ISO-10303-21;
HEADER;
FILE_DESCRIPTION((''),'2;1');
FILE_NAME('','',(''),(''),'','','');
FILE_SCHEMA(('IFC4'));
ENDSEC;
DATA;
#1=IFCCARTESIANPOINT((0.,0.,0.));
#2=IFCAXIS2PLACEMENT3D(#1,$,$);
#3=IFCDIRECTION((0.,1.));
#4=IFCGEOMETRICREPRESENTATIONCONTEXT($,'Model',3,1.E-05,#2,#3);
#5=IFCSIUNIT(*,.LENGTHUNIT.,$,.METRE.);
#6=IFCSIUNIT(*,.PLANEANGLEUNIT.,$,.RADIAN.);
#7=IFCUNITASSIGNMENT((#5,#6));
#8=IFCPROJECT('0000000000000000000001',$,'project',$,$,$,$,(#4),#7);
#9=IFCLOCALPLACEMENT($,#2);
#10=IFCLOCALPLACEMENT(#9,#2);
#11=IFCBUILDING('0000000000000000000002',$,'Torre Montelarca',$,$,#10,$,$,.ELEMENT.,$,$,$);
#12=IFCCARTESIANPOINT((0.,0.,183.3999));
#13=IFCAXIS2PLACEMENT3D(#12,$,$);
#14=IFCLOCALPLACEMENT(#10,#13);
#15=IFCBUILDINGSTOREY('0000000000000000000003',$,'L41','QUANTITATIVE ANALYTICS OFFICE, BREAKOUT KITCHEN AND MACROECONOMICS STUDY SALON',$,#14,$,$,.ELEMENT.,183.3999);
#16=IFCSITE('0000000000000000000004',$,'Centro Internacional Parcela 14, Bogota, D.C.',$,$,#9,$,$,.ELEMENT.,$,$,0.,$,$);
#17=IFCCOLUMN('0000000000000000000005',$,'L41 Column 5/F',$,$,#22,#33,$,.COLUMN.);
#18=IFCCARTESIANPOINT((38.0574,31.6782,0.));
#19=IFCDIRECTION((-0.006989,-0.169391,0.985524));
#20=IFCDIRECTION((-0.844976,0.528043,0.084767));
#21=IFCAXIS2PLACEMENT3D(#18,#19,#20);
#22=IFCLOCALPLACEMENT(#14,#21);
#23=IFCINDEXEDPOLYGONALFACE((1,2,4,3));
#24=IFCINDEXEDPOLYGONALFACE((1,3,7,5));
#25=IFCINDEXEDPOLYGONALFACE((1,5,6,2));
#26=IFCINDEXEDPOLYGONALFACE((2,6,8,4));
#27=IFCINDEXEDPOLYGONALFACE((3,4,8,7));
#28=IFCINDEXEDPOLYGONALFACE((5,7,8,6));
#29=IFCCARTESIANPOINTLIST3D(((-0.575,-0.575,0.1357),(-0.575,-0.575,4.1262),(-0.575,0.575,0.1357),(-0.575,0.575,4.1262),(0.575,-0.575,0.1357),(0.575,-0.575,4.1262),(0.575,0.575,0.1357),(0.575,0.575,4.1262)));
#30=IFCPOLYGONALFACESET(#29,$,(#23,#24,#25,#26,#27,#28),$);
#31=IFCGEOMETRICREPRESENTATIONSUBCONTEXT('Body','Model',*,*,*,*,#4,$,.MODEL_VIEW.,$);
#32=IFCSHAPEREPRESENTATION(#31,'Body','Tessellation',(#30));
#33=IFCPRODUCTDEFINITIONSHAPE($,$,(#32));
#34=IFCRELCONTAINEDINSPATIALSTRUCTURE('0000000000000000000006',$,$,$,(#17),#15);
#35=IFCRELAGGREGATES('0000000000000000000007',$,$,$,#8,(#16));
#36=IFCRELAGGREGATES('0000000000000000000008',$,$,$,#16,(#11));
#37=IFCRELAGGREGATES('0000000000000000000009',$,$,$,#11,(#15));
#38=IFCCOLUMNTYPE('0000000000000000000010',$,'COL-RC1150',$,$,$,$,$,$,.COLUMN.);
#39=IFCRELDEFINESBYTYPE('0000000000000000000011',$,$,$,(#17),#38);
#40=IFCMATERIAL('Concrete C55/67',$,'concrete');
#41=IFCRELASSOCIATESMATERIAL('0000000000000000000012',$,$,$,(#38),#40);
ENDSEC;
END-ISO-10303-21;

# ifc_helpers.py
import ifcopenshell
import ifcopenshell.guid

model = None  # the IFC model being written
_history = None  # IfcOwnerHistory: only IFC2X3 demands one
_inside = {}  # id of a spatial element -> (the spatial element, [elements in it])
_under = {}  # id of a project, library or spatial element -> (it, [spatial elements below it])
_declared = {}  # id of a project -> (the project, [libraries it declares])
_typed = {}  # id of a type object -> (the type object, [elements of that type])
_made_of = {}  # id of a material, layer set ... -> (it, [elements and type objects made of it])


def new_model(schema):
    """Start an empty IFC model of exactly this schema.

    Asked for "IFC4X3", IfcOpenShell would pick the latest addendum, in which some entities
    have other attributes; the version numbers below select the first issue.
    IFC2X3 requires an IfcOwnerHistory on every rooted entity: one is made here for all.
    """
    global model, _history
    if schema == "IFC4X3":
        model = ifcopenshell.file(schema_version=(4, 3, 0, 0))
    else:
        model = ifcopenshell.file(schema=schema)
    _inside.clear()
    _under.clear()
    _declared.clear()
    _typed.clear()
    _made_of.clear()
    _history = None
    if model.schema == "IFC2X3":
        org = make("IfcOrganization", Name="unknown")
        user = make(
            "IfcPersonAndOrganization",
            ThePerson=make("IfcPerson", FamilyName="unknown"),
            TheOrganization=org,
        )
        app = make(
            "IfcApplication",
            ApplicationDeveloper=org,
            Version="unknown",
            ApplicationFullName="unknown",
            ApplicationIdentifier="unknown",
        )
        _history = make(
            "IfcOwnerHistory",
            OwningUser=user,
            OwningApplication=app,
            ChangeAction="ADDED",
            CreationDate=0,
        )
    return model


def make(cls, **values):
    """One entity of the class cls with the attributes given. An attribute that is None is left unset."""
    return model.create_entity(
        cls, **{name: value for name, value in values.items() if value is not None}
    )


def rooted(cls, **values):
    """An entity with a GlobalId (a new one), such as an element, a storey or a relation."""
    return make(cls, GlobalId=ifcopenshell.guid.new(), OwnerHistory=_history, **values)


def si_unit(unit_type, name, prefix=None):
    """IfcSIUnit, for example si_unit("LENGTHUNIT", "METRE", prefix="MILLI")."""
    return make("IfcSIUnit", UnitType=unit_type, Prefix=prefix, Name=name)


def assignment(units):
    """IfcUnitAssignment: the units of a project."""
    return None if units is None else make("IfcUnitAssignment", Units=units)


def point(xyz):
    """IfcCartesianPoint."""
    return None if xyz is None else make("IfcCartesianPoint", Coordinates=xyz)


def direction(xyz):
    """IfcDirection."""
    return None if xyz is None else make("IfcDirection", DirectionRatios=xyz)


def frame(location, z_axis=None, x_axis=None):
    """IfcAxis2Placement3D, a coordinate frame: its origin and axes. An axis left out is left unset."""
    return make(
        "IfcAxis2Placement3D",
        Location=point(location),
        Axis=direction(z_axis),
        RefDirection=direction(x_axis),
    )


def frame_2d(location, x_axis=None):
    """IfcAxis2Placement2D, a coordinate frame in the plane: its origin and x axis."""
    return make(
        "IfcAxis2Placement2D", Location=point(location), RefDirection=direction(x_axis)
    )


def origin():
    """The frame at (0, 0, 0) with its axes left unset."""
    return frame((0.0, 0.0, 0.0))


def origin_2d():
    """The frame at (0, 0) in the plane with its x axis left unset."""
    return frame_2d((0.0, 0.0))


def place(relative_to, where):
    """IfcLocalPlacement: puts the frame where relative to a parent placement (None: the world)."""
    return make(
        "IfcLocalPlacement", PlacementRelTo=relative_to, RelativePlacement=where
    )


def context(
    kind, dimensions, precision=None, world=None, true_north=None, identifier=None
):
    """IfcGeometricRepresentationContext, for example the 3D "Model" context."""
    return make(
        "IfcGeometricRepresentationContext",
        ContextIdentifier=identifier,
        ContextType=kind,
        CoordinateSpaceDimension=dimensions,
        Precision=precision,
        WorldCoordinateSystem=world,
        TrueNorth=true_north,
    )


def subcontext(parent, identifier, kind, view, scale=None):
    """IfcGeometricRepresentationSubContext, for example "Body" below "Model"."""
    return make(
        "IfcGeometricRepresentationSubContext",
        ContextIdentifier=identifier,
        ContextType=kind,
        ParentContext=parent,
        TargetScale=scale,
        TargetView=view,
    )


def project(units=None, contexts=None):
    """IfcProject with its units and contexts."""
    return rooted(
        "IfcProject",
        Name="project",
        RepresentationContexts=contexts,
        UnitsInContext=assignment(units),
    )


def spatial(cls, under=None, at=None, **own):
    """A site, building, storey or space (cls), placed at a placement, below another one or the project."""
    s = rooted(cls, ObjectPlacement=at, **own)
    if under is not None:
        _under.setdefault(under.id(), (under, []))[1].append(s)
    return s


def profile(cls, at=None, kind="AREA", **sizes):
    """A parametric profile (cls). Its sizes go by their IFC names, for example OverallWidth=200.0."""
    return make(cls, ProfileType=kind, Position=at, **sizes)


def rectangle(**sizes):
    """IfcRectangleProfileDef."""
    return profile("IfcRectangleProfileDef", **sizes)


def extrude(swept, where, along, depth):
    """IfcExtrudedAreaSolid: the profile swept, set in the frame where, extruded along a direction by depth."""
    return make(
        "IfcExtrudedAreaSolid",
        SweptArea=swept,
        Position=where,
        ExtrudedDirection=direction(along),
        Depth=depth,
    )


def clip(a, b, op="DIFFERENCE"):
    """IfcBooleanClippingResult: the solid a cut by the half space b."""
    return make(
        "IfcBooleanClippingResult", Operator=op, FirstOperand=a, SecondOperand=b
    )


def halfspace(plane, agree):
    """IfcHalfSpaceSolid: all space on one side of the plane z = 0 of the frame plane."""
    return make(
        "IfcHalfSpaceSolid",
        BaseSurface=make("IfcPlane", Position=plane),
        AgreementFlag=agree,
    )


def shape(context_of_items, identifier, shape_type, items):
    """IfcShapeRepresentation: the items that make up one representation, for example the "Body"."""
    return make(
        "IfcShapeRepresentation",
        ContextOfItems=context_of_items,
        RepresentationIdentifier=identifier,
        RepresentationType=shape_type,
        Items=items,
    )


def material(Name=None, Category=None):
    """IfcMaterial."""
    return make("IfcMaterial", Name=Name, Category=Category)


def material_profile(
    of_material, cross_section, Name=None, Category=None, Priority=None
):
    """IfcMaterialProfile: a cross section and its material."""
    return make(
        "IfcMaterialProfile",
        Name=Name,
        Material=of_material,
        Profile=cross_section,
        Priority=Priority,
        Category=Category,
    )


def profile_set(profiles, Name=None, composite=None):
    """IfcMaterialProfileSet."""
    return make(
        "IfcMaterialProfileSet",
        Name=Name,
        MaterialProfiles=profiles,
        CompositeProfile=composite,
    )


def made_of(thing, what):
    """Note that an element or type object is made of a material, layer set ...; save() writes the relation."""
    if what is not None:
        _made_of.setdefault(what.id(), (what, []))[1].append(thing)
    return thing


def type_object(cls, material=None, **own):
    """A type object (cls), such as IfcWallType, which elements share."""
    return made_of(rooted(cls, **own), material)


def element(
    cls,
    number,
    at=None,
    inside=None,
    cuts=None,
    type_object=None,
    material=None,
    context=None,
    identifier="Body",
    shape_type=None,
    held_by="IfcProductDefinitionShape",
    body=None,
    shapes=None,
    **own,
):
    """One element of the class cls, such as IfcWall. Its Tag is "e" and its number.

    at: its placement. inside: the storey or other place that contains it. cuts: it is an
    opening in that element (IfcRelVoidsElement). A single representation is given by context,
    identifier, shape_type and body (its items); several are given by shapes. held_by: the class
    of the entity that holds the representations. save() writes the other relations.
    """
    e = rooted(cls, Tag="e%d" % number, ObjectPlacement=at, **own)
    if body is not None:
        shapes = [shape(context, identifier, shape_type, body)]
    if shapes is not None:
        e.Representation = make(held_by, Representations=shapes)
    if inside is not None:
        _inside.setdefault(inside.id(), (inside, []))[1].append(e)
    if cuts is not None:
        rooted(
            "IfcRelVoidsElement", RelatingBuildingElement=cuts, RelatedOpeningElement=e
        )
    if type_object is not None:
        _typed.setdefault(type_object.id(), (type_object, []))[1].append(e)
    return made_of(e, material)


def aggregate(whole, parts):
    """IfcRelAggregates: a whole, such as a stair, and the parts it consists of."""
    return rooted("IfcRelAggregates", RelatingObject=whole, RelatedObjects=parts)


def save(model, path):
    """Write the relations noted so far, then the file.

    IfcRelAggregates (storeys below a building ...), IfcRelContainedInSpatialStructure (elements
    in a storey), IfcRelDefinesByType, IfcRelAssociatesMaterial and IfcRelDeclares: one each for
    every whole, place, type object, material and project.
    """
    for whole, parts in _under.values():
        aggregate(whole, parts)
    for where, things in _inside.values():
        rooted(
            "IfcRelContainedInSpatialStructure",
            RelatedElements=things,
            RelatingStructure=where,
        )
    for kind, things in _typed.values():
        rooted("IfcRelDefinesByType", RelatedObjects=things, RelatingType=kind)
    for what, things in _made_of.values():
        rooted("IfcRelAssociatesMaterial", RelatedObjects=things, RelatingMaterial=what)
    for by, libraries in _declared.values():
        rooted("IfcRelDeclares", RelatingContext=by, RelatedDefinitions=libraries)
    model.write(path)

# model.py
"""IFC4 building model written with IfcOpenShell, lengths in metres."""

from ifc_helpers import new_model, si_unit, direction, frame, origin, origin_2d, place, context, subcontext, project, spatial, rectangle, extrude, clip, halfspace, material, material_profile, profile_set, type_object, element, save


model = new_model("IFC4")

# Units and contexts
model_context = context("Model", 3, precision=1e-05, world=origin(), true_north=direction((0.0, 1.0)))
body_context = subcontext(model_context, "Body", "Model", "MODEL_VIEW")
ifc_project = project(units=[si_unit("LENGTHUNIT", "METRE"), si_unit("PLANEANGLEUNIT", "RADIAN")], contexts=[model_context])

# Site, building, storey
site_placement = place(None, origin())
site = spatial("IfcSite", under=ifc_project, at=site_placement, Name="Centro Internacional Parcela 14, Bogota, D.C.", CompositionType="ELEMENT", RefElevation=0.0)
building_placement = place(site_placement, origin())
building = spatial("IfcBuilding", under=site, at=building_placement, Name="Torre Montelarca", CompositionType="ELEMENT")
storey_placement = place(building_placement, frame((0.0, 0.0, 183.3999)))
storey = spatial("IfcBuildingStorey", under=building, at=storey_placement, Name="L41", Description="QUANTITATIVE ANALYTICS OFFICE, BREAKOUT KITCHEN AND MACROECONOMICS STUDY SALON", CompositionType="ELEMENT", Elevation=183.3999)

# Column
ifc_material_1 = material(Name="Concrete C55/67", Category="concrete")
ifc_material_profile_1 = material_profile(ifc_material_1, rectangle(XDim=1.1499, YDim=1.1499, at=origin_2d()), Name="RC1150X1150", Category="concrete")
ifc_profile_set_1 = profile_set([ifc_material_profile_1], Name="Concrete C55/67")
column_type_1 = type_object("IfcColumnType", Name="COL-RC1150", PredefinedType="COLUMN", material=ifc_profile_set_1)
column_1_placement = place(storey_placement, frame((38.0574, 31.6782, 0.0), z_axis=(-0.006989, -0.169391, 0.985524), x_axis=(-0.844976, 0.528043, 0.084767)))
element("IfcColumn", 1, at=column_1_placement, inside=storey, type_object=column_type_1, Name="L41 Column 5/F", PredefinedType="COLUMN", context=body_context, shape_type="Clipping", body=[
    clip(clip(extrude(rectangle(XDim=1.1499, YDim=1.1499, at=origin_2d()), origin(), (0.0, 0.0, 1.0), 4.262), halfspace(frame((0.0, 0.0, 0.1357), z_axis=(0.0, 0.0, -1.0), x_axis=(1.0, 0.0, 0.0)), False)), halfspace(frame((0.0, 0.0, 4.1262), z_axis=(0.0, 0.0, 1.0), x_axis=(1.0, 0.0, 0.0)), False)),
])

save(model, "model.ifc")
